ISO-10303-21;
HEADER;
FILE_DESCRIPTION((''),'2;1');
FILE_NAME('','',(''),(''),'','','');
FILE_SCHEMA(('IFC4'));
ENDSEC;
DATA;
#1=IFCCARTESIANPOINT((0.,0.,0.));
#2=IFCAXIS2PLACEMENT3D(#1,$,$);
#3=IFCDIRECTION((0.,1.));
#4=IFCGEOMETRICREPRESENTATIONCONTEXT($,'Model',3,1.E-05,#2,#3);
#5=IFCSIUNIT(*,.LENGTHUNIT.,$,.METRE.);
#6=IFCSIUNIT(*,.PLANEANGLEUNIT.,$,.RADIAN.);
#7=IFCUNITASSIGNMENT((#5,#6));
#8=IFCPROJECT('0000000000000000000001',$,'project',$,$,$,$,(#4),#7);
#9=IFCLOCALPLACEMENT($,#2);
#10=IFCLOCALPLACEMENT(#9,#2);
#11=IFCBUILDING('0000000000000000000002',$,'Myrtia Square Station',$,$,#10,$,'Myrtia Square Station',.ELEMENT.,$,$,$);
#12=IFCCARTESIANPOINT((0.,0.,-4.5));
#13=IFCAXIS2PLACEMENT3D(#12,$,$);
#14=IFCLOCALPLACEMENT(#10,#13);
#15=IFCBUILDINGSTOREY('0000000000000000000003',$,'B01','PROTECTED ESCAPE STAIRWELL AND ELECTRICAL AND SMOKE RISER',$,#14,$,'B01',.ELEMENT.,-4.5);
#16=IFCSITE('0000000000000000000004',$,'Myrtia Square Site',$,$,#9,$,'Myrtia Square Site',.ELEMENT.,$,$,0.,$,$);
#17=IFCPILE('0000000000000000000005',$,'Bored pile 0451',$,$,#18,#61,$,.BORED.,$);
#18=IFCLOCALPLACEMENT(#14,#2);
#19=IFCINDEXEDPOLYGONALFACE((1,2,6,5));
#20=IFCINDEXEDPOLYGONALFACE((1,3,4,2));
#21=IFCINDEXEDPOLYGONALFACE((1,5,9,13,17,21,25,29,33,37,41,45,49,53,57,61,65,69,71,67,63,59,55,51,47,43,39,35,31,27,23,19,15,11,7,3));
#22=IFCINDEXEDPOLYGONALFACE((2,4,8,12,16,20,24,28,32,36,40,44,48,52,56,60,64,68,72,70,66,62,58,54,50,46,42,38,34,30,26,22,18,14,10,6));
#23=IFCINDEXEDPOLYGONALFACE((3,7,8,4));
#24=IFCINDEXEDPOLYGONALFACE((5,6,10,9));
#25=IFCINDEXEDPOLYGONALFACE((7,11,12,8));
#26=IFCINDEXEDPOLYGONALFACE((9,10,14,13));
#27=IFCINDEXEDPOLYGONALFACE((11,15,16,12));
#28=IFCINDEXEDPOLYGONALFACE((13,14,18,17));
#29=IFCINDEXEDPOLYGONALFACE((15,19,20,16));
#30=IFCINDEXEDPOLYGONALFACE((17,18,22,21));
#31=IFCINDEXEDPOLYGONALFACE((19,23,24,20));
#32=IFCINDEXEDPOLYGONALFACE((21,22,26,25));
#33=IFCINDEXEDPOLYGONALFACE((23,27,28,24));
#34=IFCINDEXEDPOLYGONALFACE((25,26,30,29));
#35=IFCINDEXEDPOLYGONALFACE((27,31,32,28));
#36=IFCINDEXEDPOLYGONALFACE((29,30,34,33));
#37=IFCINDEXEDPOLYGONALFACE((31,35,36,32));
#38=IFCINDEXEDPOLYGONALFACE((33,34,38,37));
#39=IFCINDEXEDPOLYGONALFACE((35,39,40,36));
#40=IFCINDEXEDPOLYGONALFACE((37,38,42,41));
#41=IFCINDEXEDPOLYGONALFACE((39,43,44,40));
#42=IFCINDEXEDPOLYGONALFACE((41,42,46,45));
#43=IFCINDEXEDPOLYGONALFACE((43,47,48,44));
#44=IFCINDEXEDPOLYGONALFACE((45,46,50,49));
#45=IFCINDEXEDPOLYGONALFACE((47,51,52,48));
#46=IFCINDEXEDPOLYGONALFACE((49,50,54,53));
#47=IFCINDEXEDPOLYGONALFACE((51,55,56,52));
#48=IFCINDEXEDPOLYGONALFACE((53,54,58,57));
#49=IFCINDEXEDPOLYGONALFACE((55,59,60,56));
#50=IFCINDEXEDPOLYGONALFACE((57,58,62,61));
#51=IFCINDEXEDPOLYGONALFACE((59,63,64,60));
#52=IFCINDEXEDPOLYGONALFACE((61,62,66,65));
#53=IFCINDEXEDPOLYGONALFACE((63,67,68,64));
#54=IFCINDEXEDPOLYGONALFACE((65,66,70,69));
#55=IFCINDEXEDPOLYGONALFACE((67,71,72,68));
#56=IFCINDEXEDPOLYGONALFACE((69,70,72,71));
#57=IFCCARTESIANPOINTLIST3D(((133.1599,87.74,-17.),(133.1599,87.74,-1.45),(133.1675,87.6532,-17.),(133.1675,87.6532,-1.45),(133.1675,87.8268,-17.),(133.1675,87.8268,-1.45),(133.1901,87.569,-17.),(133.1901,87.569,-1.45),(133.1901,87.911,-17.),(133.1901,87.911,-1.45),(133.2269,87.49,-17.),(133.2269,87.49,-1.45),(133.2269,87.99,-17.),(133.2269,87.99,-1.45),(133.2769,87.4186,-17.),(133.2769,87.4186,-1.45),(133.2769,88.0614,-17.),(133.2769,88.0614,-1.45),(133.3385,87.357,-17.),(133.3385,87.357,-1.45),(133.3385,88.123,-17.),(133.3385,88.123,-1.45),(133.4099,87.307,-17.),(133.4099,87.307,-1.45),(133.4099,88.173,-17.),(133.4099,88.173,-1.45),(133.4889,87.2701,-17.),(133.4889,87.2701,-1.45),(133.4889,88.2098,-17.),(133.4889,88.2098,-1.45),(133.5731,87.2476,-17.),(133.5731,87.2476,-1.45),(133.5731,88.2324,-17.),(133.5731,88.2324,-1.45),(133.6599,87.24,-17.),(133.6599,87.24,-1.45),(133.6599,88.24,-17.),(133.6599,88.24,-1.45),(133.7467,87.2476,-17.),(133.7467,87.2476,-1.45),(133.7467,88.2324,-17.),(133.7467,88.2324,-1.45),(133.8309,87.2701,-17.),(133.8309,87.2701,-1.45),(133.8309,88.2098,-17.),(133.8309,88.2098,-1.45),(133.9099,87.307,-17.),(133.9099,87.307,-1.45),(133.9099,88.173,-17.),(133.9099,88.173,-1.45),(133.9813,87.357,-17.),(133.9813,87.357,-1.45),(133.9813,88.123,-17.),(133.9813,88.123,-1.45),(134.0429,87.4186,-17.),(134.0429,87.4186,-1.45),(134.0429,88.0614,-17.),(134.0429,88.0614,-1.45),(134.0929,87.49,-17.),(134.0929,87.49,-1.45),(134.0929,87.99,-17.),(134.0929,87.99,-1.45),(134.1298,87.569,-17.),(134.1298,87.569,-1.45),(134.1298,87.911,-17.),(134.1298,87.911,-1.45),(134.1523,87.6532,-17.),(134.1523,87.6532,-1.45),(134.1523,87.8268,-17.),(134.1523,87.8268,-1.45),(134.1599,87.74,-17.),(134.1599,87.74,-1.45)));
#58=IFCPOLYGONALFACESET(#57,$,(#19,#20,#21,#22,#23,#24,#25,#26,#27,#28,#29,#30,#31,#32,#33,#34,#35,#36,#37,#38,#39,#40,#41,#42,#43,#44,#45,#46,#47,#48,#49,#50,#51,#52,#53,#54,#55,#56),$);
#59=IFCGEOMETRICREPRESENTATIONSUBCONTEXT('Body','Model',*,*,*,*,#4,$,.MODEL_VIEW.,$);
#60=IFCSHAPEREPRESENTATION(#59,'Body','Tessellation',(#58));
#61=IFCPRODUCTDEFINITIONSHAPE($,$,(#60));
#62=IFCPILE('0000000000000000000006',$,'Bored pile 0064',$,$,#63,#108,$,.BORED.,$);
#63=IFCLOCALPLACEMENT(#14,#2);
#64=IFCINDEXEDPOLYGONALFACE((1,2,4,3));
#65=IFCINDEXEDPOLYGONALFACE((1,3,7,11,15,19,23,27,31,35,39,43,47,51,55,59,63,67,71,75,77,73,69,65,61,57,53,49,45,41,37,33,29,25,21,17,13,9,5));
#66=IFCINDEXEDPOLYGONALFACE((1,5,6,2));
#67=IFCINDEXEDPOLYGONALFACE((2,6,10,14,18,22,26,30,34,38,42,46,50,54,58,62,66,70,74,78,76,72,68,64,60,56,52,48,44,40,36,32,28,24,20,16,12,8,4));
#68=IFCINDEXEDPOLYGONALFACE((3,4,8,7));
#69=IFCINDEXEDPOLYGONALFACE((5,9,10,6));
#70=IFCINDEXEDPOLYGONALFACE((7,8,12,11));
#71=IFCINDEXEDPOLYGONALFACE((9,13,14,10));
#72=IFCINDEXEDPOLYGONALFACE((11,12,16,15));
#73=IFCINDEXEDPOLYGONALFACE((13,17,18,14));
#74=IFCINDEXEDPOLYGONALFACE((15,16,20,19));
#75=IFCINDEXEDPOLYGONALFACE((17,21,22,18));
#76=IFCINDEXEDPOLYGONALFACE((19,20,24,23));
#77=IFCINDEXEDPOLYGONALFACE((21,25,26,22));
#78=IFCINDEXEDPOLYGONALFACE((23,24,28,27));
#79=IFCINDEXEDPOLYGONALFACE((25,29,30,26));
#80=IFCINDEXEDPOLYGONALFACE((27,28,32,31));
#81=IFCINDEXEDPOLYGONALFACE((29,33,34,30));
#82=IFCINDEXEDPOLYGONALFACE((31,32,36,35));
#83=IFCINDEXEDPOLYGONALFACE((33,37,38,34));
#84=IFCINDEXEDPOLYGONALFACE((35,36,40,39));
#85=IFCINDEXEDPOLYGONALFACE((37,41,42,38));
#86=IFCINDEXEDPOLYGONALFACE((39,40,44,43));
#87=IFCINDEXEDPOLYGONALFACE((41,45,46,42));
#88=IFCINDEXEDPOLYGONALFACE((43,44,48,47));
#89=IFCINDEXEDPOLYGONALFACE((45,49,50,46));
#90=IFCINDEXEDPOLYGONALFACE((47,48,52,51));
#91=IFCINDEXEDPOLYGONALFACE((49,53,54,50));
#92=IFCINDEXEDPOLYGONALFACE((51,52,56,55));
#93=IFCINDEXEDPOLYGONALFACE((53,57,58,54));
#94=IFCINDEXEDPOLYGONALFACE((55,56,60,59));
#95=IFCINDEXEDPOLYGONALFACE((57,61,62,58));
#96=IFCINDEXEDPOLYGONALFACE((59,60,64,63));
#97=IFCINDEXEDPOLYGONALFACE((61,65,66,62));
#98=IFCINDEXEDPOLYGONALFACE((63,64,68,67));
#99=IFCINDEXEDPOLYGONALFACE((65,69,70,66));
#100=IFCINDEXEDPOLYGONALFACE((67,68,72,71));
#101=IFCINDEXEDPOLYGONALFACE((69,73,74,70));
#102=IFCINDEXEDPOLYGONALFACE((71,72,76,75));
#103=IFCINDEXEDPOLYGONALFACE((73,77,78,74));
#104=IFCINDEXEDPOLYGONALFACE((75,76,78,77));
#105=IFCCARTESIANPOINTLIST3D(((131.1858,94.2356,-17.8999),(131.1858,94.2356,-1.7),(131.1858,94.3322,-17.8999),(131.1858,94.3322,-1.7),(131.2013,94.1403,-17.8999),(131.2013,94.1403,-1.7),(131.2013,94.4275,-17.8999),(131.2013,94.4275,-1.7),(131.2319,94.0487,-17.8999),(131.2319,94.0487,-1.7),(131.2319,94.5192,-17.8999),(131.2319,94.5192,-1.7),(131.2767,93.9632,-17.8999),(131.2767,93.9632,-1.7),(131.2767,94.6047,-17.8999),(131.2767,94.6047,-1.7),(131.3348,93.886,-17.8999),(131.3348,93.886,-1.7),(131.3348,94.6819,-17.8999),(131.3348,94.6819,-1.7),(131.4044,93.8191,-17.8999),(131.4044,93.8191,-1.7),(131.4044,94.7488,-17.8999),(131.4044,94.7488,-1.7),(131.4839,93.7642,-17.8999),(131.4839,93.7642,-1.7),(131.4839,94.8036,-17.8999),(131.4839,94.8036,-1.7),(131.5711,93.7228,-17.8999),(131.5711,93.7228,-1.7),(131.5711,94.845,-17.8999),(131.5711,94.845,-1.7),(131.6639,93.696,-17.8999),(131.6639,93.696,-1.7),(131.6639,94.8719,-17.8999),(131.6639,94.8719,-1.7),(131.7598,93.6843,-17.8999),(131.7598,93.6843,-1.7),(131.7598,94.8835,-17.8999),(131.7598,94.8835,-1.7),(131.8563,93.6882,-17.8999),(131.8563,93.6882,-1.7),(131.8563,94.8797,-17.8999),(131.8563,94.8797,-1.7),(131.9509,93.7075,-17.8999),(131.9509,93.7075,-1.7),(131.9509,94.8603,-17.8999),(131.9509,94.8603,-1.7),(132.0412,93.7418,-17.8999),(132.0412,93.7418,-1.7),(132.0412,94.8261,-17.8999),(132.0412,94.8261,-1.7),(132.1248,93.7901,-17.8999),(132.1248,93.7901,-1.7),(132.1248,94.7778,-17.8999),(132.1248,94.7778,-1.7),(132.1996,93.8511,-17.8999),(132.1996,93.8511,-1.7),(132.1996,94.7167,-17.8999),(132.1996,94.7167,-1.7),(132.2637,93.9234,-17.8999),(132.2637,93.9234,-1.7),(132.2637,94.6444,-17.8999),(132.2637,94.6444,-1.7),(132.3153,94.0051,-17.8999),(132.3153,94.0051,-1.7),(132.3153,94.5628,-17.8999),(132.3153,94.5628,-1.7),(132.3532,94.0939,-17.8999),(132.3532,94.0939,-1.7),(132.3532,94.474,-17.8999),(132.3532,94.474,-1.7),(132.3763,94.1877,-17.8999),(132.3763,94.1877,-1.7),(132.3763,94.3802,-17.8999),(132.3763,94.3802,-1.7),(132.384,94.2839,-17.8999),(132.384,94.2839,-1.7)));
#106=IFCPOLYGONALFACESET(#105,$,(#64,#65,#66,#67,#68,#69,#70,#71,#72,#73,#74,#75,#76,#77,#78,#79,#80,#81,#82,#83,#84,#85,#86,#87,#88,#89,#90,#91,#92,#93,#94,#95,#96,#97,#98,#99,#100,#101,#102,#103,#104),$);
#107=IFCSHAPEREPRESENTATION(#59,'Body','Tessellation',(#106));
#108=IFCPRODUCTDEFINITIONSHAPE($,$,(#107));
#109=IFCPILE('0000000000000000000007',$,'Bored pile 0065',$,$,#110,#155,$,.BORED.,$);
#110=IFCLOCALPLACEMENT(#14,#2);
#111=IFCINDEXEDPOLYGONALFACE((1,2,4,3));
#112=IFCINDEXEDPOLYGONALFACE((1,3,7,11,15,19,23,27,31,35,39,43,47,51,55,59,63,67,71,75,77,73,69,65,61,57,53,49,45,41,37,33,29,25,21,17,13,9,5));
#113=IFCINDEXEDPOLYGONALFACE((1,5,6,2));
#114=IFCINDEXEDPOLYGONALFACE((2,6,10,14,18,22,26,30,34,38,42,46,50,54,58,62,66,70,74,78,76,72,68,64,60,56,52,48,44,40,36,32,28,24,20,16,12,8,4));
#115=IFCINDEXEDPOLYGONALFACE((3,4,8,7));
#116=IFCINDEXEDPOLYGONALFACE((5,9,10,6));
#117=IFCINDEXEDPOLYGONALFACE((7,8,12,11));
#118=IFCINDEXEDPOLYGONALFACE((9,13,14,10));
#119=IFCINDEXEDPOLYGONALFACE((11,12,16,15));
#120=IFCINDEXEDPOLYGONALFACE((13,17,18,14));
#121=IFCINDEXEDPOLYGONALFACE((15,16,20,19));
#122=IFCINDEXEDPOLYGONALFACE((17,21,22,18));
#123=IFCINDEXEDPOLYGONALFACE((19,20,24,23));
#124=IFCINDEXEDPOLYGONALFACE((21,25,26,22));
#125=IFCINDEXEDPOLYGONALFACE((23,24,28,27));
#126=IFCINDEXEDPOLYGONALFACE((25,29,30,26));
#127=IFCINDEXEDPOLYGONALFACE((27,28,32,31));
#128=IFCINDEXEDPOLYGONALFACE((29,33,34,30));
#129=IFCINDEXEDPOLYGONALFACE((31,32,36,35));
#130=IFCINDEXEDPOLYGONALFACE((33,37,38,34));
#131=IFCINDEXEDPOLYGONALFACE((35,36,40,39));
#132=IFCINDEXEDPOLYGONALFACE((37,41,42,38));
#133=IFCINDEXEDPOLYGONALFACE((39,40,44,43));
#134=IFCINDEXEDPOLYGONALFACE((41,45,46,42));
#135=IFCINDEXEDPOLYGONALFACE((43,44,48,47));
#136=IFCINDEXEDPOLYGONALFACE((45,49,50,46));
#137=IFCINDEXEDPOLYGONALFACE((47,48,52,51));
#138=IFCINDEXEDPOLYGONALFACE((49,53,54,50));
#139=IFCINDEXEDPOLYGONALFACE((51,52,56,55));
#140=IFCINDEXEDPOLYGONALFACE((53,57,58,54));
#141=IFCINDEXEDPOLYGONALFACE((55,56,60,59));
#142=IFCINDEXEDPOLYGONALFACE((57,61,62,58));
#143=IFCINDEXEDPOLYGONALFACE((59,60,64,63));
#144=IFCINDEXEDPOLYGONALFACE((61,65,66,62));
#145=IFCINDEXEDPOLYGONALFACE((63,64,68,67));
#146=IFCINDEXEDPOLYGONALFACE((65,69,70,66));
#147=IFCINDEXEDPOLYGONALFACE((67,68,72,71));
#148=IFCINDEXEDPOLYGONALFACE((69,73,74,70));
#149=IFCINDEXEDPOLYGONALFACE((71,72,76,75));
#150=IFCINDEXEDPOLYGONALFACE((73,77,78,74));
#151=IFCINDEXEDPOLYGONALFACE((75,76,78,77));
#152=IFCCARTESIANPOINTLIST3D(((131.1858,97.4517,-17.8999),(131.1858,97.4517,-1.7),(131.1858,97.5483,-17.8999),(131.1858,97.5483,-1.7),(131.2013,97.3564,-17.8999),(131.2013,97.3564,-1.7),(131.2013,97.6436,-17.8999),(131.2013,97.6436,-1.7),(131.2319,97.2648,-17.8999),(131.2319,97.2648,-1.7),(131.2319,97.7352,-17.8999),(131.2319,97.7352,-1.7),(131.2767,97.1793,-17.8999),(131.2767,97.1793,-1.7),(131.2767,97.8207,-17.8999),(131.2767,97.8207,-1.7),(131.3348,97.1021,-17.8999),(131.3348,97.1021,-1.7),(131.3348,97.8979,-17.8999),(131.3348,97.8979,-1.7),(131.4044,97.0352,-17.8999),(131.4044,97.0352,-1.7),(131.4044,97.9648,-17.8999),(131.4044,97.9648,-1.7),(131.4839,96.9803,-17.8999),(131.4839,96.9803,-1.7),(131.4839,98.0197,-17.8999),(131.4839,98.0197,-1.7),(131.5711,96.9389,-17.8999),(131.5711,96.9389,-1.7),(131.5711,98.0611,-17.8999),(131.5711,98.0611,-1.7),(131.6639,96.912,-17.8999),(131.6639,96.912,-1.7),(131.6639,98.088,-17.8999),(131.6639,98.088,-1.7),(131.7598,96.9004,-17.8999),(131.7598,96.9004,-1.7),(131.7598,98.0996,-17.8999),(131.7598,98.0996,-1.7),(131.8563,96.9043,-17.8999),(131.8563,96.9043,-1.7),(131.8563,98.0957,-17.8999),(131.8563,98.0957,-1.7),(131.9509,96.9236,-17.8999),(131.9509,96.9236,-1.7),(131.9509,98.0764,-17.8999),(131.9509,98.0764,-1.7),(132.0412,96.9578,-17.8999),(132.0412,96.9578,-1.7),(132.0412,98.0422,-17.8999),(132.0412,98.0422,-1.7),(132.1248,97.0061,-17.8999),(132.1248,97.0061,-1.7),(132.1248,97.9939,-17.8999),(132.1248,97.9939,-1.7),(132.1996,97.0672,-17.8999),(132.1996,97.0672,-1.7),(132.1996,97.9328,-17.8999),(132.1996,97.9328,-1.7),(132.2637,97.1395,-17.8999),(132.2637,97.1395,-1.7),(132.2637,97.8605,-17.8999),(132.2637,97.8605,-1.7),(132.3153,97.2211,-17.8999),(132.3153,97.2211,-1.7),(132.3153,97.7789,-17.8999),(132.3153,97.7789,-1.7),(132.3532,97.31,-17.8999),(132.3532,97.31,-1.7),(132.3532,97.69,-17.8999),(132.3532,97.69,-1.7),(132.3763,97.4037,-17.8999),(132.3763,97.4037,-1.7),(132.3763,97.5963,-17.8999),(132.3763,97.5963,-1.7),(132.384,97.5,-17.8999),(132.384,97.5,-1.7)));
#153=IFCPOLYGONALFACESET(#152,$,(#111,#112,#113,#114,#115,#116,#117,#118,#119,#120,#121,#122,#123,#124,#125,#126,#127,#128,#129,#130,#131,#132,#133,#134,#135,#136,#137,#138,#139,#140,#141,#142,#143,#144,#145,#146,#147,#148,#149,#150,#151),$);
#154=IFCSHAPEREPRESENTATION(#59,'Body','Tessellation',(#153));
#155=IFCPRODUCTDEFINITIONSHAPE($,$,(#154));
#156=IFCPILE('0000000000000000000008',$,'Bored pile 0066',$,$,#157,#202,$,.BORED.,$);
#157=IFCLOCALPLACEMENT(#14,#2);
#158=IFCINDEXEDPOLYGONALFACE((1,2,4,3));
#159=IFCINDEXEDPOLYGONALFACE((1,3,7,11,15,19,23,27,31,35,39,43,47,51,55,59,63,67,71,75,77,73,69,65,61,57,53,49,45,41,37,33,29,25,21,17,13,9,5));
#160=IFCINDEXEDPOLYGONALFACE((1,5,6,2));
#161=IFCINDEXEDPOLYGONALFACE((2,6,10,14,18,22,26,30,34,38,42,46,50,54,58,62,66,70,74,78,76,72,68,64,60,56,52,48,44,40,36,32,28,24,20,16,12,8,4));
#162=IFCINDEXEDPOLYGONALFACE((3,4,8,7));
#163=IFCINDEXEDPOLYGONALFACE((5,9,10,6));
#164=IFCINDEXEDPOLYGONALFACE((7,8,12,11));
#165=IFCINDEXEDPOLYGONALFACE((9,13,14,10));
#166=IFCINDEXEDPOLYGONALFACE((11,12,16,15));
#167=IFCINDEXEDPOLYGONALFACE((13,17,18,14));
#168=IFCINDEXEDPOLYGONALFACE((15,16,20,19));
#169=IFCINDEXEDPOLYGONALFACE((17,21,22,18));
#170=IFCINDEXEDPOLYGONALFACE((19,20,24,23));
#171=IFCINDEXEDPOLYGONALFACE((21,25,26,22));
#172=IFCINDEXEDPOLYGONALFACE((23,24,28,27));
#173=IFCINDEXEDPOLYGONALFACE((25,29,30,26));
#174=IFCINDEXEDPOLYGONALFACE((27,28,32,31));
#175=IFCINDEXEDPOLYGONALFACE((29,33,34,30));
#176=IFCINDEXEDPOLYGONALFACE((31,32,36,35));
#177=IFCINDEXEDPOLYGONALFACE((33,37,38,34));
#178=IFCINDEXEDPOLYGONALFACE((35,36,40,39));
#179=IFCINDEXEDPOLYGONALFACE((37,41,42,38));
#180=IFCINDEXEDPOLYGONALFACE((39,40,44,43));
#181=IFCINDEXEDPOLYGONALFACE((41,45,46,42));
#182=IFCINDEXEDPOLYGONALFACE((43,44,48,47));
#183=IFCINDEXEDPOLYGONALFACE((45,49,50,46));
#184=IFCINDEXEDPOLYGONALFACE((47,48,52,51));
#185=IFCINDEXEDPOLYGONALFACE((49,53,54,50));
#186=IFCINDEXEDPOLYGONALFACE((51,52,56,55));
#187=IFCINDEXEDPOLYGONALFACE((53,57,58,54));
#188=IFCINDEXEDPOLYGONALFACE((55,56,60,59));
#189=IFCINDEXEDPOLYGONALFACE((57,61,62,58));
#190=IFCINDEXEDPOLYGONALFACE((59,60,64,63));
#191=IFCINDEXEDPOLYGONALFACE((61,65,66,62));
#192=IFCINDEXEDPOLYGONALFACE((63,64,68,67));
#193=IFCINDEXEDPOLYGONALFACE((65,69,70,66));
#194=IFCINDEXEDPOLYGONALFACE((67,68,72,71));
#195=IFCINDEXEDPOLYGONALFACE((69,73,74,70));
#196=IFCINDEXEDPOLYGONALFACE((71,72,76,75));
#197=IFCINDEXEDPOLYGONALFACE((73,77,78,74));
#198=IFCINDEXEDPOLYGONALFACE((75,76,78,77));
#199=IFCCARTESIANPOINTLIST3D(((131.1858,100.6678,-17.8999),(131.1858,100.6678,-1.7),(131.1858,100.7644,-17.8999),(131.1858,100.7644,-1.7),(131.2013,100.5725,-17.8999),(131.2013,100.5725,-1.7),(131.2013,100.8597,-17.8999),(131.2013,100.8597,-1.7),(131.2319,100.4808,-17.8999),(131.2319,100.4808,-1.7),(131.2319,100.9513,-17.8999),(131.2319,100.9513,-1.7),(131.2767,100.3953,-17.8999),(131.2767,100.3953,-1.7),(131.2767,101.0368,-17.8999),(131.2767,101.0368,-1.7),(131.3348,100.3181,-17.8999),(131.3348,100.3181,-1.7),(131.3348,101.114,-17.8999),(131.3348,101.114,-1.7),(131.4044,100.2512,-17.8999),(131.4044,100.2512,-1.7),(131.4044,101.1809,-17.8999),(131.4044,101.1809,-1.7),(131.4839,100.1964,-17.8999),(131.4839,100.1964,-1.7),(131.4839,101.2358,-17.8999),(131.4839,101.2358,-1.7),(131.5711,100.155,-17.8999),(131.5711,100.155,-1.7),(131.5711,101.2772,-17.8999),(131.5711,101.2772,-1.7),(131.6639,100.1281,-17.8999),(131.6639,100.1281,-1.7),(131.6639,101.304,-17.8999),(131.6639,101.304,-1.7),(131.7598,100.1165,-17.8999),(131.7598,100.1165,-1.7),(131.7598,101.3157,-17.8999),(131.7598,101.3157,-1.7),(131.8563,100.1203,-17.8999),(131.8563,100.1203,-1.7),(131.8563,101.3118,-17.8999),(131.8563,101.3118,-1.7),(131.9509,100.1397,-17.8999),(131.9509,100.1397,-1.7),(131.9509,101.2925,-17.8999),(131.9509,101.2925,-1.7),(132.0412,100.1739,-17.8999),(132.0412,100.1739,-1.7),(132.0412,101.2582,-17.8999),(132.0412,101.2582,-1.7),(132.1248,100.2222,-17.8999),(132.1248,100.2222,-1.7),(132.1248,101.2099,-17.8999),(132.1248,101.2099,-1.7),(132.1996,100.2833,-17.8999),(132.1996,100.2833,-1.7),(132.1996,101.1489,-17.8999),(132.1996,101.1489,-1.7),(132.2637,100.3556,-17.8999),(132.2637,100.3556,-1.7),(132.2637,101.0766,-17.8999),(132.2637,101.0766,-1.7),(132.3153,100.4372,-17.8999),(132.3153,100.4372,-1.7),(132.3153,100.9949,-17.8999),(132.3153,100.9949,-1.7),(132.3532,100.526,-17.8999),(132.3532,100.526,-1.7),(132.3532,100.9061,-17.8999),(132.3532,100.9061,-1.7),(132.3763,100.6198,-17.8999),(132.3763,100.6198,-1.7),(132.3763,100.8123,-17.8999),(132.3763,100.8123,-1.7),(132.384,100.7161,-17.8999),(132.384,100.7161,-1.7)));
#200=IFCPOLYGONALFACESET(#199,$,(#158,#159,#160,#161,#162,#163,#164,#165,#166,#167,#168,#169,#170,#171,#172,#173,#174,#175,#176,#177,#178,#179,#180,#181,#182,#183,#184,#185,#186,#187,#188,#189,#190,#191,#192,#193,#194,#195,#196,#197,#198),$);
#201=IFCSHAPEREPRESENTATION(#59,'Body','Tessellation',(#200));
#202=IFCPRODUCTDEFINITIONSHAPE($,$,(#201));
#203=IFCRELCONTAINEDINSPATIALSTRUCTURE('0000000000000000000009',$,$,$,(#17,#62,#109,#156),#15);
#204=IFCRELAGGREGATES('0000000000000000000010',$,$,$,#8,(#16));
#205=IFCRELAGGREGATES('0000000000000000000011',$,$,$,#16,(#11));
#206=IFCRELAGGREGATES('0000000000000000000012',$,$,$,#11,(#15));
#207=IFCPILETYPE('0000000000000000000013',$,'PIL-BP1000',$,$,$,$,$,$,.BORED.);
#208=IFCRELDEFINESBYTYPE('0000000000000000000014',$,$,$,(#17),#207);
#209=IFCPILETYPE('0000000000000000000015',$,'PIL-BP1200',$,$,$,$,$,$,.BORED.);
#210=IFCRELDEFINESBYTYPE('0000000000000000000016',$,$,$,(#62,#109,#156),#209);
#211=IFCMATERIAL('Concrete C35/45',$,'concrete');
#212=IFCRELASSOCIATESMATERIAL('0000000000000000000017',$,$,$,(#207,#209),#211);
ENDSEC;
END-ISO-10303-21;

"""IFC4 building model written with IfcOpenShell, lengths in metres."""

from ifc_helpers import new_model, si_unit, direction, frame, origin, origin_2d, place, context, subcontext, project, spatial, circle, extrude, material, material_profile, profile_set, type_object, element, save


model = new_model("IFC4")

# Units and contexts
model_context = context("Model", 3, precision=1e-05, world=origin(), true_north=direction((0.0, 1.0)))
body_context = subcontext(model_context, "Body", "Model", "MODEL_VIEW")
ifc_project = project(units=[si_unit("LENGTHUNIT", "METRE"), si_unit("PLANEANGLEUNIT", "RADIAN")], contexts=[model_context])

# Site, building, storey
site_placement = place(None, origin())
site = spatial("IfcSite", under=ifc_project, at=site_placement, Name="Myrtia Square Site", LongName="Myrtia Square Site", CompositionType="ELEMENT", RefElevation=0.0)
building_placement = place(site_placement, origin())
building = spatial("IfcBuilding", under=site, at=building_placement, Name="Myrtia Square Station", LongName="Myrtia Square Station", CompositionType="ELEMENT")
storey_placement = place(building_placement, frame((0.0, 0.0, -4.5)))
storey = spatial("IfcBuildingStorey", under=building, at=storey_placement, Name="B01", Description="PROTECTED ESCAPE STAIRWELL AND ELECTRICAL AND SMOKE RISER", LongName="B01", CompositionType="ELEMENT", Elevation=-4.5)

# Shared definitions
ifc_material_1 = material(Name="Concrete C35/45", Category="concrete")

# Piles
ifc_material_profile_1 = material_profile(ifc_material_1, circle(Radius=0.5, at=origin_2d()), Name="BP D1000")
ifc_profile_set_1 = profile_set([ifc_material_profile_1], Name="Concrete C35/45")
pile_type_1 = type_object("IfcPileType", Name="PIL-BP1000", PredefinedType="BORED", material=ifc_profile_set_1)
for number, where, z_axis, x_axis, name in (
    (1, (133.6599, 87.74, -1.45), (0.0, 0.0, -1.0), (1.0, 0.0, 0.0), "Bored pile 0451"),
):
    element("IfcPile", number, at=place(storey_placement, frame(where, z_axis=z_axis, x_axis=x_axis)), inside=storey, type_object=pile_type_1, Name=name, PredefinedType="BORED", context=body_context, shape_type="SweptSolid", body=[
        extrude(circle(Radius=0.5, at=origin_2d()), origin(), (0.0, 0.0, 1.0), 15.55),
    ])
ifc_material_profile_2 = material_profile(ifc_material_1, circle(Radius=0.6001, at=origin_2d()), Name="BP D1200")
ifc_profile_set_2 = profile_set([ifc_material_profile_2], Name="Concrete C35/45")
pile_type_2 = type_object("IfcPileType", Name="PIL-BP1200", PredefinedType="BORED", material=ifc_profile_set_2)
for number, where, z_axis, x_axis, name in (
    (2, (131.7839, 94.2839, -1.7), (0.0, 0.0, -1.0), (1.0, 0.0, 0.0), "Bored pile 0064"),
    (3, (131.7839, 97.5, -1.7), (0.0, 0.0, -1.0), (1.0, 0.0, 0.0), "Bored pile 0065"),
    (4, (131.7839, 100.7161, -1.7), (0.0, 0.0, -1.0), (1.0, 0.0, 0.0), "Bored pile 0066"),
):
    element("IfcPile", number, at=place(storey_placement, frame(where, z_axis=z_axis, x_axis=x_axis)), inside=storey, type_object=pile_type_2, Name=name, PredefinedType="BORED", context=body_context, shape_type="SweptSolid", body=[
        extrude(circle(Radius=0.6001, at=origin_2d()), origin(), (0.0, 0.0, 1.0), 16.2),
    ])

save(model, "model.ifc")
